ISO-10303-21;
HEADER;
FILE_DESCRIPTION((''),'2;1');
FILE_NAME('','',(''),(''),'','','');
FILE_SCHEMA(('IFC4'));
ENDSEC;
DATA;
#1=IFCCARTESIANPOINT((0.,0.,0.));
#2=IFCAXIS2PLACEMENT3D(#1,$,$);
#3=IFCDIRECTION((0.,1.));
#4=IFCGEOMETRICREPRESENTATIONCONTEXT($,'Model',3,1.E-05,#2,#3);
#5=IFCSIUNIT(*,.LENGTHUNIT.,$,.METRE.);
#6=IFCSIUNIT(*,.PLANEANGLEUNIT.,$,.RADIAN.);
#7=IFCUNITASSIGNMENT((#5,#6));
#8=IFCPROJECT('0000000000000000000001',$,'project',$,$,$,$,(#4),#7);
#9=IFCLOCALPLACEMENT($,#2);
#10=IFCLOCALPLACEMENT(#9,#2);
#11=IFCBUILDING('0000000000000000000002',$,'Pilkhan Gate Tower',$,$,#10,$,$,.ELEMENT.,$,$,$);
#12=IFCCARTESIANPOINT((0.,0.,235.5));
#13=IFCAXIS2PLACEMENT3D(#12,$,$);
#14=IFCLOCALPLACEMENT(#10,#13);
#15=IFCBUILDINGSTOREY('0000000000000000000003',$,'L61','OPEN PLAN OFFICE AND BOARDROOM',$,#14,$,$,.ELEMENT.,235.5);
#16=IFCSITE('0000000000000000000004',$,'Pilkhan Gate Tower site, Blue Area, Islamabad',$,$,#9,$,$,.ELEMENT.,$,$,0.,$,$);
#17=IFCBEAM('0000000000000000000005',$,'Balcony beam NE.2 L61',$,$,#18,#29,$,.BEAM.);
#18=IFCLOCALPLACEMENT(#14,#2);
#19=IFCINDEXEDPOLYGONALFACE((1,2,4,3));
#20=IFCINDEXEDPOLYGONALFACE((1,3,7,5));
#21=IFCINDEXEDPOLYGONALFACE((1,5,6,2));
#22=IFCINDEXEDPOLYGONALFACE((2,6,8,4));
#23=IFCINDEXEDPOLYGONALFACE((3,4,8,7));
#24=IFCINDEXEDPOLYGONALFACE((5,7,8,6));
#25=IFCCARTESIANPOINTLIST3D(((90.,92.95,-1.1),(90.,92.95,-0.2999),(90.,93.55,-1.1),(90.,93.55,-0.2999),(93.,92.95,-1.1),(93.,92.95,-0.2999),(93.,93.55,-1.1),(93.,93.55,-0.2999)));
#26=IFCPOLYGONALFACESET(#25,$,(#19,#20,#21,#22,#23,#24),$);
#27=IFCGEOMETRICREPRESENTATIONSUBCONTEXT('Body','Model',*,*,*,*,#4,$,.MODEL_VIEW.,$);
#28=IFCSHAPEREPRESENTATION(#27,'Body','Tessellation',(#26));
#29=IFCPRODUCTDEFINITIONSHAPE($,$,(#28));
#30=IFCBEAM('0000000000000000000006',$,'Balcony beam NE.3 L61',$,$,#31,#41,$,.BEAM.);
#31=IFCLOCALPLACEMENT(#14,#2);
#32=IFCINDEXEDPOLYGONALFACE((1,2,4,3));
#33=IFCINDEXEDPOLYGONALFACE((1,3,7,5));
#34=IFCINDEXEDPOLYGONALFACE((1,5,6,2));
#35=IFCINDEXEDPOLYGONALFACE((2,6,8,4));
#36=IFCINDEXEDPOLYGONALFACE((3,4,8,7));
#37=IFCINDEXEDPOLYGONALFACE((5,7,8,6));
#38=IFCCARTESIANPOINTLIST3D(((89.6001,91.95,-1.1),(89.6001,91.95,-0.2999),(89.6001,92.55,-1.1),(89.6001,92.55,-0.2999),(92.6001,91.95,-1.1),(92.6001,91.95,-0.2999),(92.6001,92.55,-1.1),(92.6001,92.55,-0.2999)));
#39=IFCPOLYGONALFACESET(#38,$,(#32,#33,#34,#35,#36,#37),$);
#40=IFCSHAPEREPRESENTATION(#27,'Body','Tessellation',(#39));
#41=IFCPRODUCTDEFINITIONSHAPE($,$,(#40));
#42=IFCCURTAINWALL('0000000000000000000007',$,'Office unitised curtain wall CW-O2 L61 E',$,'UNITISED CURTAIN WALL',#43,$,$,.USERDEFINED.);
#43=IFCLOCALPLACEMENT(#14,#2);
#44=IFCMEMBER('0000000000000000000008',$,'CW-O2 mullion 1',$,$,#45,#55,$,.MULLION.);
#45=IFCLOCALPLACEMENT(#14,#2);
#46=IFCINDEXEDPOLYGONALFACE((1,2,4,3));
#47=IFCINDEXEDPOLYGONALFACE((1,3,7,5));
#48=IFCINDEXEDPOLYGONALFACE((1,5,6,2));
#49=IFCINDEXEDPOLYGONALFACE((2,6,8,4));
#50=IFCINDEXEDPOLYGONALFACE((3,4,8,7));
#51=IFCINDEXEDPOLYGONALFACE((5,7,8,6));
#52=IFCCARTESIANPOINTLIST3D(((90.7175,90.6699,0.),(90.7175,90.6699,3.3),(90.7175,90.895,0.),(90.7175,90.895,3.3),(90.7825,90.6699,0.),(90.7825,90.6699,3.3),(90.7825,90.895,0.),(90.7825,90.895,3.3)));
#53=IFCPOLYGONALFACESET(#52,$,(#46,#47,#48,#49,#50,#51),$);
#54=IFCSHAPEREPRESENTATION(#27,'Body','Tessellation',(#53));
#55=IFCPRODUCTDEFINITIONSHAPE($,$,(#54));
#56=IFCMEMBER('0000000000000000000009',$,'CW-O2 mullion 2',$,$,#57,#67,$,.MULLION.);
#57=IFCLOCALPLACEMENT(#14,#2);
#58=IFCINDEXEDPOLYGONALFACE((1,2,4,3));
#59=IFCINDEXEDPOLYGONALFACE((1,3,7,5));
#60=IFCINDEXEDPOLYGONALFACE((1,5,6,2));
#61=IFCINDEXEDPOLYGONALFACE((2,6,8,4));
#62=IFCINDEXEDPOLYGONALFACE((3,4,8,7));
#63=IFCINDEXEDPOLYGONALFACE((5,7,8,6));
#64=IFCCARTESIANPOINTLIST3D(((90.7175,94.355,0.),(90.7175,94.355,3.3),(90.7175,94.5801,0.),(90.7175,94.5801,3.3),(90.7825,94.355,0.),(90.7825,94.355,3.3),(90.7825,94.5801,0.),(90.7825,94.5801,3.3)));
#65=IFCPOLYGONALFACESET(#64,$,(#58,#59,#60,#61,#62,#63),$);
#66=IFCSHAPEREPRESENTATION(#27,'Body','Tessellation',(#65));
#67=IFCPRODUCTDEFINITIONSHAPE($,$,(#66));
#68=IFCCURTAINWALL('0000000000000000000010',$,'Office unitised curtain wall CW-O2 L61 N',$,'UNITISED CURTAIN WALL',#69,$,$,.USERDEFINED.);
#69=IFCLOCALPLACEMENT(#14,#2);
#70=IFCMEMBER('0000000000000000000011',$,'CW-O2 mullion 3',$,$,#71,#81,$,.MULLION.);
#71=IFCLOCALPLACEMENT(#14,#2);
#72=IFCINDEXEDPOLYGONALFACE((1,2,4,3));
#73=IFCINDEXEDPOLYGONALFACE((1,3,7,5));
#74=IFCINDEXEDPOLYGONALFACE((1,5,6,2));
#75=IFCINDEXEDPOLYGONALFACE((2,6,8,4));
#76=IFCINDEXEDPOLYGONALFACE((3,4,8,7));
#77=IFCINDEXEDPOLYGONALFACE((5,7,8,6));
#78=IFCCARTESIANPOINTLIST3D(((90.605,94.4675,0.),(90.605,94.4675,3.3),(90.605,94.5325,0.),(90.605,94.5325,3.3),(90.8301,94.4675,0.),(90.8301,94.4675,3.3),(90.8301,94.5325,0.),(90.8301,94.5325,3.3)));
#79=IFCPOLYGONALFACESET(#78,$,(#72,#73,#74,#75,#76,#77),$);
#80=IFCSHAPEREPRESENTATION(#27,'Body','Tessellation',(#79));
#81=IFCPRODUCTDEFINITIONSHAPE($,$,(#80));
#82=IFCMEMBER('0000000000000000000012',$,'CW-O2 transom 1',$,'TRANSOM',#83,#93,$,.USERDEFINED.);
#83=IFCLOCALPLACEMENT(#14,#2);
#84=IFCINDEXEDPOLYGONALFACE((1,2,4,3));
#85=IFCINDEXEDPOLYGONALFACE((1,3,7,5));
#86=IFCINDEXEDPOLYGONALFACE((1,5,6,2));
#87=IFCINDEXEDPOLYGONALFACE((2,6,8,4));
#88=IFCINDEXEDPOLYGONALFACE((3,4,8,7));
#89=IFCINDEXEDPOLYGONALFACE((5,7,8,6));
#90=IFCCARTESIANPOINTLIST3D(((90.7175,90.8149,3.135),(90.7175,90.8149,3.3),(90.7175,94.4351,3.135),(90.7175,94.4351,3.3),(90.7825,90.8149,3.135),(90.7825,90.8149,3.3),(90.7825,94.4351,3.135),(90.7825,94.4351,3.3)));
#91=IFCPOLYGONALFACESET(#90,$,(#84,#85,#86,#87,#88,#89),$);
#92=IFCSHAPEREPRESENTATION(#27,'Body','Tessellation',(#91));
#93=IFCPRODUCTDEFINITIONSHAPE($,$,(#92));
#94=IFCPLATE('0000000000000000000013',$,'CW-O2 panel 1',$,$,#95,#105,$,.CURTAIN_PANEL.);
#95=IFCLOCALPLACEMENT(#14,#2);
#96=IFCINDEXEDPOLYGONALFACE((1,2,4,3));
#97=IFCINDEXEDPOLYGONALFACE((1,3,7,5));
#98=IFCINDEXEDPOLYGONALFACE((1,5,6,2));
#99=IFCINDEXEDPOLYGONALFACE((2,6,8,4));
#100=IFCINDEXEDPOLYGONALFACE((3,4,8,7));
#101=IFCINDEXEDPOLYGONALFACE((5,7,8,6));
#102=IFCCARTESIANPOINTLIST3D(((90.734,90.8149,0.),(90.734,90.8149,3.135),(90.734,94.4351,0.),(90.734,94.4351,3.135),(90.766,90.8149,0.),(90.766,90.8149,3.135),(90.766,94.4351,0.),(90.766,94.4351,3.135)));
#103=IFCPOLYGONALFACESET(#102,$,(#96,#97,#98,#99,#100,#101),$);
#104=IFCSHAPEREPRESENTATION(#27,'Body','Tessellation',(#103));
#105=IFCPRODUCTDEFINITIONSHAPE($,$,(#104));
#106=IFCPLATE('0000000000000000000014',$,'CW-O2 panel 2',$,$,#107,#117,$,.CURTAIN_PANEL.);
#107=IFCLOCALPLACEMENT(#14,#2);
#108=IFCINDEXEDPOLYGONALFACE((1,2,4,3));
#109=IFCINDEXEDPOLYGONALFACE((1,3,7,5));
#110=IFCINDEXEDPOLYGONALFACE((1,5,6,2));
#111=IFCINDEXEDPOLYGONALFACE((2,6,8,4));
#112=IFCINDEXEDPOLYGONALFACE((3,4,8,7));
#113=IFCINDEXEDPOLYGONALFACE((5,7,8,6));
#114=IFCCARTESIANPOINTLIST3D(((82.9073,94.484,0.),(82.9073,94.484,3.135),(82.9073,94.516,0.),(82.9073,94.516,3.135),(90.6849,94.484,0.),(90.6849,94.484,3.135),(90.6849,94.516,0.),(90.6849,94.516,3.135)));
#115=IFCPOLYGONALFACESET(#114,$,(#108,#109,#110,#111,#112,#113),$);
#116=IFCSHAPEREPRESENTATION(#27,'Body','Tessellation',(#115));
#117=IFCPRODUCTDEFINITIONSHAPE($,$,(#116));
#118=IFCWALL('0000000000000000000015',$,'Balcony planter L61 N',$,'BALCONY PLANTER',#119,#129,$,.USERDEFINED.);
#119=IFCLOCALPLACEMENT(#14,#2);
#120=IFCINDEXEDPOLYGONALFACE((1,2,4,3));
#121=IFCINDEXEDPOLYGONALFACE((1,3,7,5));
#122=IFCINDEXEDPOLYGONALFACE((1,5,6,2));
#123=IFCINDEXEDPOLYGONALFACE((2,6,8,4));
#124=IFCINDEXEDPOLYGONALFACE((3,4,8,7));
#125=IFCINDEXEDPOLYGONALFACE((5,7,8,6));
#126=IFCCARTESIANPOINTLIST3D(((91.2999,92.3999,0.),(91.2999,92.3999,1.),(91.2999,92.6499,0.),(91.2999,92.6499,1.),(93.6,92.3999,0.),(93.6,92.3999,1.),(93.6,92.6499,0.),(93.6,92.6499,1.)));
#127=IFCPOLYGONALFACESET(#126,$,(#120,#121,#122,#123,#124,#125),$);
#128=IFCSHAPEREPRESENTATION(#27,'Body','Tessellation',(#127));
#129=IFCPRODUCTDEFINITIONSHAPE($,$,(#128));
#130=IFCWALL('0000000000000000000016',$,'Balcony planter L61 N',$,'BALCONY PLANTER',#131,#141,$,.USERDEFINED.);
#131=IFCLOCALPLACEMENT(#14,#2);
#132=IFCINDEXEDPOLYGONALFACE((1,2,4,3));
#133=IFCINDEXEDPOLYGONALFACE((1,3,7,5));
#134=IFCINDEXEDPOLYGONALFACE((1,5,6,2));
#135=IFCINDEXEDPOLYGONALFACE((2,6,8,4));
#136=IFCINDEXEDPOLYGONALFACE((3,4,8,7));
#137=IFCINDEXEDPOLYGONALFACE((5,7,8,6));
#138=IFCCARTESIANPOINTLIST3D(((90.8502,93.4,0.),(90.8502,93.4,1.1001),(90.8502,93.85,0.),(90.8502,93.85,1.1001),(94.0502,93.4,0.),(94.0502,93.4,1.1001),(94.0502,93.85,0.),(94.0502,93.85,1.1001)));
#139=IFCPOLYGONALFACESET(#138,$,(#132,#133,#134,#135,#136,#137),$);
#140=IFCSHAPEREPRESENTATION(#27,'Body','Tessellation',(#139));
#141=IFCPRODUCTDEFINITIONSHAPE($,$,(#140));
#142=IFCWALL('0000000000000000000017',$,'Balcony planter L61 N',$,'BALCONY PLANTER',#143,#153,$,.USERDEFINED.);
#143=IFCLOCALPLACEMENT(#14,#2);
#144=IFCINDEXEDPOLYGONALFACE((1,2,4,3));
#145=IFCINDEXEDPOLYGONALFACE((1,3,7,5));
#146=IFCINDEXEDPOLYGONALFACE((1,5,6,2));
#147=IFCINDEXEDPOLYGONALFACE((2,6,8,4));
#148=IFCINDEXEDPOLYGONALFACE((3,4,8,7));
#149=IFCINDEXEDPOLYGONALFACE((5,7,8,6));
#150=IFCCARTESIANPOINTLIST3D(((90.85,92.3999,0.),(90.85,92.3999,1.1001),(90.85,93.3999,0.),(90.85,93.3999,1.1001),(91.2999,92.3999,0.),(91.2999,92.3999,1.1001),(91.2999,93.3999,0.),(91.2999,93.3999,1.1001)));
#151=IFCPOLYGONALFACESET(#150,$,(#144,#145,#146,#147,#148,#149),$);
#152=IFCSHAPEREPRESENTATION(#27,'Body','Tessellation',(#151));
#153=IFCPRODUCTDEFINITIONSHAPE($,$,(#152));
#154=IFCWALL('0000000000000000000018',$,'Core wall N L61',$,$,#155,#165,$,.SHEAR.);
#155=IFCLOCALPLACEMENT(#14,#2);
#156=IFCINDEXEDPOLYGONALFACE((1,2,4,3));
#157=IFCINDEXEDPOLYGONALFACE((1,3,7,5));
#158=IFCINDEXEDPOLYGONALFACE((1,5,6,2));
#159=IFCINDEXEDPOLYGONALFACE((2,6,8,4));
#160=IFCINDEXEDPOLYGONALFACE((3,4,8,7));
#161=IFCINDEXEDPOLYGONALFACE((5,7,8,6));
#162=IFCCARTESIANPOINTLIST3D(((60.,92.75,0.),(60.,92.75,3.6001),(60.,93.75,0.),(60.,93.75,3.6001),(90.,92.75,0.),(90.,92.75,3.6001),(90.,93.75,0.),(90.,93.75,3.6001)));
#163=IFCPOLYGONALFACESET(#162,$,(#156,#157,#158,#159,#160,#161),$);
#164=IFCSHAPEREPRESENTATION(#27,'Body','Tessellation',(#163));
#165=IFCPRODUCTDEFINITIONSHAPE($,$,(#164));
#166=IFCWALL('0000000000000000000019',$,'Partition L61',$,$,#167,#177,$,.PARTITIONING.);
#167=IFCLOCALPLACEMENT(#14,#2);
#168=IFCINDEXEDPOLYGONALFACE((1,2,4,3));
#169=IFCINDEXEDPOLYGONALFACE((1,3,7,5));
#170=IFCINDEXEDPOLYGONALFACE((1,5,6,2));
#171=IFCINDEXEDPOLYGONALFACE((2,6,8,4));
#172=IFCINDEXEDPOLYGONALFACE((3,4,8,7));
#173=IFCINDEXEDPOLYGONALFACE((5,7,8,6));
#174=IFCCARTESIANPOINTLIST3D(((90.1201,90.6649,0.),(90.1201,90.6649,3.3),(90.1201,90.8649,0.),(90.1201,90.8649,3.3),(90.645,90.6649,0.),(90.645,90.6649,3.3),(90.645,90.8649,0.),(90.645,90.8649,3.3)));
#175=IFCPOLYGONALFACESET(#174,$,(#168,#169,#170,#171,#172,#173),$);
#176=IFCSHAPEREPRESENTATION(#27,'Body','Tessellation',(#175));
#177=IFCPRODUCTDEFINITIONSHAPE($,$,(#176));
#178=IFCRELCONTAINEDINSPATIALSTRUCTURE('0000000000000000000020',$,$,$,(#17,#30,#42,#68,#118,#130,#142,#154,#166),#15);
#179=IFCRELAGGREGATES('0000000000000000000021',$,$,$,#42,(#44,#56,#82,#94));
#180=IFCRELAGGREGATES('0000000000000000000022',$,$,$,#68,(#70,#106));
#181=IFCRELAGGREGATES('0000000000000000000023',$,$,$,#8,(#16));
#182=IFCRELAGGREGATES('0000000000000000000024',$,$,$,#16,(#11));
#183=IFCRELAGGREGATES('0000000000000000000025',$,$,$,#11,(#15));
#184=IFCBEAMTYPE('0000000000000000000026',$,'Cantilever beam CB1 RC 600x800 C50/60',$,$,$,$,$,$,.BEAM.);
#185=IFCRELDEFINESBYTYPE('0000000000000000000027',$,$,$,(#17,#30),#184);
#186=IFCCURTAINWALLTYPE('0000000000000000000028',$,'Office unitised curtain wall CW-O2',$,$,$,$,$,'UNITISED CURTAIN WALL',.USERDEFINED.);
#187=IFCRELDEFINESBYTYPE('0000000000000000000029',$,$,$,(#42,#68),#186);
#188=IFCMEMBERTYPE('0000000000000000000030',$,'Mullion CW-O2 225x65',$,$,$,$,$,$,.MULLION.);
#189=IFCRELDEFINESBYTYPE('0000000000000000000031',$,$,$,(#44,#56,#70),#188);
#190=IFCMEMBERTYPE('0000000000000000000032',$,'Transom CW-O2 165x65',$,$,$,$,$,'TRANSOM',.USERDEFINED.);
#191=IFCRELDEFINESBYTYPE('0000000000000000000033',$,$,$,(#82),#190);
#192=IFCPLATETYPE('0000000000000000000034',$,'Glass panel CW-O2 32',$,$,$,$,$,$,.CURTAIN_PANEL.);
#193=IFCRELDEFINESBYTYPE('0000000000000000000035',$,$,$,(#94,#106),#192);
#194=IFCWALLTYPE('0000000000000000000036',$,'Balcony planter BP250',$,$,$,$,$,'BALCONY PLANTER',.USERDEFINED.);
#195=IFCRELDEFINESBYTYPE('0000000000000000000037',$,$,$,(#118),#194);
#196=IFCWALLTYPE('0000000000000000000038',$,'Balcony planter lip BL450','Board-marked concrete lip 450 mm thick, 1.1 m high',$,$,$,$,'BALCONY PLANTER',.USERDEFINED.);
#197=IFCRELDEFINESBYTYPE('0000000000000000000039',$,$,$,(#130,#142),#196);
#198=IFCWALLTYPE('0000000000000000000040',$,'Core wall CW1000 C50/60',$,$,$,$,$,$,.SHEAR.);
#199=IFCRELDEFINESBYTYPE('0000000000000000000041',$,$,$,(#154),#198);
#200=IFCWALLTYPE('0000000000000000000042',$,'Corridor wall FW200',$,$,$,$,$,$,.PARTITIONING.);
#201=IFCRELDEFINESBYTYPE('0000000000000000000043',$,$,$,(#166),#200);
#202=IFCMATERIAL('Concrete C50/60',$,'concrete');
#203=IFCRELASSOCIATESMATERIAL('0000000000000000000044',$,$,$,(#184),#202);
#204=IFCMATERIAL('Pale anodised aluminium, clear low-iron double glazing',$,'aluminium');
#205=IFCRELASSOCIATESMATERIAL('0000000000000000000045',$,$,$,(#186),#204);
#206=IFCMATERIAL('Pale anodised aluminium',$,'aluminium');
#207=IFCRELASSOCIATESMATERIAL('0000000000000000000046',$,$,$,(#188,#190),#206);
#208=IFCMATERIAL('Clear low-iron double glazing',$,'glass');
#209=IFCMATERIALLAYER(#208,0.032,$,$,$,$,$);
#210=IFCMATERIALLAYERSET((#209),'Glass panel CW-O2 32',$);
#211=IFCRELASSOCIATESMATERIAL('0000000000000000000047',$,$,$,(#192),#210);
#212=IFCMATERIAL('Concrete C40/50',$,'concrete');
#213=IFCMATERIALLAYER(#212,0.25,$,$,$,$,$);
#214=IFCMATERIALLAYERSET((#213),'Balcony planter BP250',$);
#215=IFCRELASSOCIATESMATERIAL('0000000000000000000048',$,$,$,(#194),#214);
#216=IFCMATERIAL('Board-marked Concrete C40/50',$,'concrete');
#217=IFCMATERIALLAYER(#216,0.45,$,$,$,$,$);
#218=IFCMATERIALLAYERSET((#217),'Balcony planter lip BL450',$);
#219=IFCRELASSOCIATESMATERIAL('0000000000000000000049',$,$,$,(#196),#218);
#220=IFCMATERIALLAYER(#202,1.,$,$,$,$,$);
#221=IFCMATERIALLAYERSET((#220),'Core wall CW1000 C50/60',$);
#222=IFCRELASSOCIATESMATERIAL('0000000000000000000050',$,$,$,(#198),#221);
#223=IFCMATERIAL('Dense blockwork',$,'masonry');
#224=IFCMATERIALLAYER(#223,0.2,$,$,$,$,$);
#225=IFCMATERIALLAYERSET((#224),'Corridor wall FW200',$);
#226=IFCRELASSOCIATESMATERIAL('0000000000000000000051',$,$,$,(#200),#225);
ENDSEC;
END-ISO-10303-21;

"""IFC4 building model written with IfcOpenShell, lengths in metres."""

from ifc_helpers import new_model, si_unit, direction, frame, frame_2d, origin, origin_2d, place, context, subcontext, project, spatial, rectangle, extrude, material, layer, layer_set, material_profile, profile_set, type_object, element, aggregate, save


model = new_model("IFC4")

# Units and contexts
model_context = context("Model", 3, precision=1e-05, world=origin(), true_north=direction((0.0, 1.0)))
body_context = subcontext(model_context, "Body", "Model", "MODEL_VIEW")
ifc_project = project(units=[si_unit("LENGTHUNIT", "METRE"), si_unit("PLANEANGLEUNIT", "RADIAN")], contexts=[model_context])

# Site, building, storey
site_placement = place(None, origin())
site = spatial("IfcSite", under=ifc_project, at=site_placement, Name="Pilkhan Gate Tower site, Blue Area, Islamabad", CompositionType="ELEMENT", RefElevation=0.0)
building_placement = place(site_placement, origin())
building = spatial("IfcBuilding", under=site, at=building_placement, Name="Pilkhan Gate Tower", CompositionType="ELEMENT")
storey_placement = place(building_placement, frame((0.0, 0.0, 235.5)))
storey = spatial("IfcBuildingStorey", under=building, at=storey_placement, Name="L61", Description="OPEN PLAN OFFICE AND BOARDROOM", CompositionType="ELEMENT", Elevation=235.5)

# Beams
ifc_material_1 = material(Name="Concrete C50/60", Category="concrete")
ifc_material_profile_1 = material_profile(ifc_material_1, rectangle(XDim=0.6001, YDim=0.8, at=origin_2d()), Name="RC 600x800")
ifc_profile_set_1 = profile_set([ifc_material_profile_1], Name="Concrete C50/60")
beam_type = type_object("IfcBeamType", Name="Cantilever beam CB1 RC 600x800 C50/60", PredefinedType="BEAM", material=ifc_profile_set_1)
for number, where, z_axis, x_axis, name in (
    (1, (90.0, 93.25, -0.7), (1.0, 0.0, 0.0), (0.0, 1.0, 0.0), "Balcony beam NE.2 L61"),
    (2, (89.6001, 92.25, -0.7), (1.0, 0.0, 0.0), (0.0, 1.0, 0.0), "Balcony beam NE.3 L61"),
):
    element("IfcBeam", number, at=place(storey_placement, frame(where, z_axis=z_axis, x_axis=x_axis)), inside=storey, type_object=beam_type, Name=name, PredefinedType="BEAM", context=body_context, shape_type="SweptSolid", body=[
        extrude(rectangle(XDim=0.6001, YDim=0.8, at=origin_2d()), origin(), (0.0, 0.0, 1.0), 3.0),
    ])

# Curtain wall, members
ifc_material_2 = material(Name="Pale anodised aluminium, clear low-iron double glazing", Category="aluminium")
curtain_wall_type = type_object("IfcCurtainWallType", Name="Office unitised curtain wall CW-O2", ElementType="UNITISED CURTAIN WALL", PredefinedType="USERDEFINED", material=ifc_material_2)
curtain_wall_1_placement = place(storey_placement, origin())
curtain_wall_1 = element("IfcCurtainWall", 3, at=curtain_wall_1_placement, inside=storey, type_object=curtain_wall_type, Name="Office unitised curtain wall CW-O2 L61 E", ObjectType="UNITISED CURTAIN WALL", PredefinedType="USERDEFINED")
ifc_material_3 = material(Name="Pale anodised aluminium", Category="aluminium")
ifc_material_profile_2 = material_profile(ifc_material_3, rectangle(XDim=0.0649, YDim=0.2251, at=origin_2d()), Name="Mullion 225x65")
ifc_profile_set_2 = profile_set([ifc_material_profile_2], Name="Pale anodised aluminium")
member_type_1 = type_object("IfcMemberType", Name="Mullion CW-O2 225x65", PredefinedType="MULLION", material=ifc_profile_set_2)
member_1_placement = place(storey_placement, frame((90.75, 90.7825, 0.0), z_axis=(0.0, 0.0, 1.0), x_axis=(-1.0, 0.0, 0.0)))
member_1 = element("IfcMember", 4, at=member_1_placement, type_object=member_type_1, Name="CW-O2 mullion 1", PredefinedType="MULLION", context=body_context, shape_type="SweptSolid", body=[
    extrude(rectangle(XDim=0.0649, YDim=0.2251, at=origin_2d()), origin(), (0.0, 0.0, 1.0), 3.3),
])
member_2_placement = place(storey_placement, frame((90.75, 94.4675, 0.0), z_axis=(0.0, 0.0, 1.0), x_axis=(-1.0, 0.0, 0.0)))
member_2 = element("IfcMember", 5, at=member_2_placement, type_object=member_type_1, Name="CW-O2 mullion 2", PredefinedType="MULLION", context=body_context, shape_type="SweptSolid", body=[
    extrude(rectangle(XDim=0.0649, YDim=0.2251, at=origin_2d()), origin(), (0.0, 0.0, 1.0), 3.3),
])

# Curtain wall, member
curtain_wall_2_placement = place(storey_placement, origin())
curtain_wall_2 = element("IfcCurtainWall", 6, at=curtain_wall_2_placement, inside=storey, type_object=curtain_wall_type, Name="Office unitised curtain wall CW-O2 L61 N", ObjectType="UNITISED CURTAIN WALL", PredefinedType="USERDEFINED")
member_3_placement = place(storey_placement, frame((90.7175, 94.5, 0.0), z_axis=(0.0, 0.0, 1.0), x_axis=(0.0, 1.0, 0.0)))
member_3 = element("IfcMember", 7, at=member_3_placement, type_object=member_type_1, Name="CW-O2 mullion 3", PredefinedType="MULLION", context=body_context, shape_type="SweptSolid", body=[
    extrude(rectangle(XDim=0.0649, YDim=0.2251, at=origin_2d()), origin(), (0.0, 0.0, 1.0), 3.3),
])

# Member
ifc_material_profile_3 = material_profile(ifc_material_3, rectangle(XDim=0.0649, YDim=0.165, at=origin_2d()), Name="Transom 165x65")
ifc_profile_set_3 = profile_set([ifc_material_profile_3], Name="Pale anodised aluminium")
member_type_2 = type_object("IfcMemberType", Name="Transom CW-O2 165x65", ElementType="TRANSOM", PredefinedType="USERDEFINED", material=ifc_profile_set_3)
member_4_placement = place(storey_placement, frame((90.75, 90.8149, 3.2175), z_axis=(0.0, 1.0, 0.0), x_axis=(-1.0, 0.0, 0.0)))
member_4 = element("IfcMember", 8, at=member_4_placement, type_object=member_type_2, Name="CW-O2 transom 1", ObjectType="TRANSOM", PredefinedType="USERDEFINED", context=body_context, shape_type="SweptSolid", body=[
    extrude(rectangle(XDim=0.0649, YDim=0.165, at=origin_2d()), origin(), (0.0, 0.0, 1.0), 3.6201),
])

# Plates
ifc_material_4 = material(Name="Clear low-iron double glazing", Category="glass")
ifc_layer_1 = layer(ifc_material_4, 0.032)
ifc_layer_set_1 = layer_set([ifc_layer_1], Name="Glass panel CW-O2 32")
plate_type = type_object("IfcPlateType", Name="Glass panel CW-O2 32", PredefinedType="CURTAIN_PANEL", material=ifc_layer_set_1)
plate_1_placement = place(storey_placement, frame((90.75, 92.625, 0.0), z_axis=(0.0, 0.0, 1.0), x_axis=(0.0, 1.0, 0.0)))
plate_1 = element("IfcPlate", 9, at=plate_1_placement, type_object=plate_type, Name="CW-O2 panel 1", PredefinedType="CURTAIN_PANEL", context=body_context, shape_type="SweptSolid", body=[
    extrude(rectangle(XDim=3.6201, YDim=0.032, at=origin_2d()), origin(), (0.0, 0.0, 1.0), 3.135),
])
aggregate(curtain_wall_1, [member_1, member_2, member_4, plate_1])
plate_2_placement = place(storey_placement, frame((86.7961, 94.5, 0.0), z_axis=(0.0, 0.0, 1.0), x_axis=(1.0, 0.0, 0.0)))
plate_2 = element("IfcPlate", 10, at=plate_2_placement, type_object=plate_type, Name="CW-O2 panel 2", PredefinedType="CURTAIN_PANEL", context=body_context, shape_type="SweptSolid", body=[
    extrude(rectangle(XDim=7.7776, YDim=0.032, at=origin_2d()), origin(), (0.0, 0.0, 1.0), 3.135),
])
aggregate(curtain_wall_2, [member_3, plate_2])

# Walls
ifc_material_5 = material(Name="Concrete C40/50", Category="concrete")
ifc_layer_2 = layer(ifc_material_5, 0.25)
ifc_layer_set_2 = layer_set([ifc_layer_2], Name="Balcony planter BP250")
wall_type_1 = type_object("IfcWallType", Name="Balcony planter BP250", ElementType="BALCONY PLANTER", PredefinedType="USERDEFINED", material=ifc_layer_set_2)
wall_1_placement = place(storey_placement, frame((91.3, 92.5249, 0.0), z_axis=(0.0, 0.0, 1.0), x_axis=(1.0, 0.0, 0.0)))
element("IfcWall", 11, at=wall_1_placement, inside=storey, type_object=wall_type_1, Name="Balcony planter L61 N", ObjectType="BALCONY PLANTER", PredefinedType="USERDEFINED", context=body_context, shape_type="SweptSolid", body=[
    extrude(rectangle(XDim=2.3, YDim=0.25, at=frame_2d((1.1499, 0.0))), origin(), (0.0, 0.0, 1.0), 1.0),
])
ifc_material_6 = material(Name="Board-marked Concrete C40/50", Category="concrete")
ifc_layer_3 = layer(ifc_material_6, 0.45)
ifc_layer_set_3 = layer_set([ifc_layer_3], Name="Balcony planter lip BL450")
wall_type_2 = type_object("IfcWallType", Name="Balcony planter lip BL450", Description="Board-marked concrete lip 450 mm thick, 1.1 m high", ElementType="BALCONY PLANTER", PredefinedType="USERDEFINED", material=ifc_layer_set_3)
wall_2_placement = place(storey_placement, frame((90.8501, 93.625, 0.0), z_axis=(0.0, 0.0, 1.0), x_axis=(1.0, 0.0, 0.0)))
element("IfcWall", 12, at=wall_2_placement, inside=storey, type_object=wall_type_2, Name="Balcony planter L61 N", ObjectType="BALCONY PLANTER", PredefinedType="USERDEFINED", context=body_context, shape_type="SweptSolid", body=[
    extrude(rectangle(XDim=3.2, YDim=0.45, at=frame_2d((1.6001, 0.0))), origin(), (0.0, 0.0, 1.0), 1.1001),
])
wall_3_placement = place(storey_placement, frame((91.075, 92.3999, 0.0), z_axis=(0.0, 0.0, 1.0), x_axis=(0.0, 1.0, 0.0)))
element("IfcWall", 13, at=wall_3_placement, inside=storey, type_object=wall_type_2, Name="Balcony planter L61 N", ObjectType="BALCONY PLANTER", PredefinedType="USERDEFINED", context=body_context, shape_type="SweptSolid", body=[
    extrude(rectangle(XDim=1.0, YDim=0.45, at=frame_2d((0.5, 0.0))), origin(), (0.0, 0.0, 1.0), 1.1001),
])
ifc_layer_4 = layer(ifc_material_1, 1.0)
ifc_layer_set_4 = layer_set([ifc_layer_4], Name="Core wall CW1000 C50/60")
wall_type_3 = type_object("IfcWallType", Name="Core wall CW1000 C50/60", PredefinedType="SHEAR", material=ifc_layer_set_4)
wall_4_placement = place(storey_placement, frame((90.0, 93.25, 0.0), z_axis=(0.0, 0.0, 1.0), x_axis=(-1.0, 0.0, 0.0)))
element("IfcWall", 14, at=wall_4_placement, inside=storey, type_object=wall_type_3, Name="Core wall N L61", PredefinedType="SHEAR", context=body_context, shape_type="SweptSolid", body=[
    extrude(rectangle(XDim=30.0, YDim=1.0, at=frame_2d((15.0, 0.0))), origin(), (0.0, 0.0, 1.0), 3.6001),
])
ifc_material_7 = material(Name="Dense blockwork", Category="masonry")
ifc_layer_5 = layer(ifc_material_7, 0.2)
ifc_layer_set_5 = layer_set([ifc_layer_5], Name="Corridor wall FW200")
wall_type_4 = type_object("IfcWallType", Name="Corridor wall FW200", PredefinedType="PARTITIONING", material=ifc_layer_set_5)
wall_5_placement = place(storey_placement, frame((90.1201, 90.7649, 0.0), z_axis=(0.0, 0.0, 1.0), x_axis=(1.0, 0.0, 0.0)))
element("IfcWall", 15, at=wall_5_placement, inside=storey, type_object=wall_type_4, Name="Partition L61", PredefinedType="PARTITIONING", context=body_context, shape_type="SweptSolid", body=[
    extrude(rectangle(XDim=0.5249, YDim=0.2, at=frame_2d((0.2625, 0.0))), origin(), (0.0, 0.0, 1.0), 3.3),
])

save(model, "model.ifc")
